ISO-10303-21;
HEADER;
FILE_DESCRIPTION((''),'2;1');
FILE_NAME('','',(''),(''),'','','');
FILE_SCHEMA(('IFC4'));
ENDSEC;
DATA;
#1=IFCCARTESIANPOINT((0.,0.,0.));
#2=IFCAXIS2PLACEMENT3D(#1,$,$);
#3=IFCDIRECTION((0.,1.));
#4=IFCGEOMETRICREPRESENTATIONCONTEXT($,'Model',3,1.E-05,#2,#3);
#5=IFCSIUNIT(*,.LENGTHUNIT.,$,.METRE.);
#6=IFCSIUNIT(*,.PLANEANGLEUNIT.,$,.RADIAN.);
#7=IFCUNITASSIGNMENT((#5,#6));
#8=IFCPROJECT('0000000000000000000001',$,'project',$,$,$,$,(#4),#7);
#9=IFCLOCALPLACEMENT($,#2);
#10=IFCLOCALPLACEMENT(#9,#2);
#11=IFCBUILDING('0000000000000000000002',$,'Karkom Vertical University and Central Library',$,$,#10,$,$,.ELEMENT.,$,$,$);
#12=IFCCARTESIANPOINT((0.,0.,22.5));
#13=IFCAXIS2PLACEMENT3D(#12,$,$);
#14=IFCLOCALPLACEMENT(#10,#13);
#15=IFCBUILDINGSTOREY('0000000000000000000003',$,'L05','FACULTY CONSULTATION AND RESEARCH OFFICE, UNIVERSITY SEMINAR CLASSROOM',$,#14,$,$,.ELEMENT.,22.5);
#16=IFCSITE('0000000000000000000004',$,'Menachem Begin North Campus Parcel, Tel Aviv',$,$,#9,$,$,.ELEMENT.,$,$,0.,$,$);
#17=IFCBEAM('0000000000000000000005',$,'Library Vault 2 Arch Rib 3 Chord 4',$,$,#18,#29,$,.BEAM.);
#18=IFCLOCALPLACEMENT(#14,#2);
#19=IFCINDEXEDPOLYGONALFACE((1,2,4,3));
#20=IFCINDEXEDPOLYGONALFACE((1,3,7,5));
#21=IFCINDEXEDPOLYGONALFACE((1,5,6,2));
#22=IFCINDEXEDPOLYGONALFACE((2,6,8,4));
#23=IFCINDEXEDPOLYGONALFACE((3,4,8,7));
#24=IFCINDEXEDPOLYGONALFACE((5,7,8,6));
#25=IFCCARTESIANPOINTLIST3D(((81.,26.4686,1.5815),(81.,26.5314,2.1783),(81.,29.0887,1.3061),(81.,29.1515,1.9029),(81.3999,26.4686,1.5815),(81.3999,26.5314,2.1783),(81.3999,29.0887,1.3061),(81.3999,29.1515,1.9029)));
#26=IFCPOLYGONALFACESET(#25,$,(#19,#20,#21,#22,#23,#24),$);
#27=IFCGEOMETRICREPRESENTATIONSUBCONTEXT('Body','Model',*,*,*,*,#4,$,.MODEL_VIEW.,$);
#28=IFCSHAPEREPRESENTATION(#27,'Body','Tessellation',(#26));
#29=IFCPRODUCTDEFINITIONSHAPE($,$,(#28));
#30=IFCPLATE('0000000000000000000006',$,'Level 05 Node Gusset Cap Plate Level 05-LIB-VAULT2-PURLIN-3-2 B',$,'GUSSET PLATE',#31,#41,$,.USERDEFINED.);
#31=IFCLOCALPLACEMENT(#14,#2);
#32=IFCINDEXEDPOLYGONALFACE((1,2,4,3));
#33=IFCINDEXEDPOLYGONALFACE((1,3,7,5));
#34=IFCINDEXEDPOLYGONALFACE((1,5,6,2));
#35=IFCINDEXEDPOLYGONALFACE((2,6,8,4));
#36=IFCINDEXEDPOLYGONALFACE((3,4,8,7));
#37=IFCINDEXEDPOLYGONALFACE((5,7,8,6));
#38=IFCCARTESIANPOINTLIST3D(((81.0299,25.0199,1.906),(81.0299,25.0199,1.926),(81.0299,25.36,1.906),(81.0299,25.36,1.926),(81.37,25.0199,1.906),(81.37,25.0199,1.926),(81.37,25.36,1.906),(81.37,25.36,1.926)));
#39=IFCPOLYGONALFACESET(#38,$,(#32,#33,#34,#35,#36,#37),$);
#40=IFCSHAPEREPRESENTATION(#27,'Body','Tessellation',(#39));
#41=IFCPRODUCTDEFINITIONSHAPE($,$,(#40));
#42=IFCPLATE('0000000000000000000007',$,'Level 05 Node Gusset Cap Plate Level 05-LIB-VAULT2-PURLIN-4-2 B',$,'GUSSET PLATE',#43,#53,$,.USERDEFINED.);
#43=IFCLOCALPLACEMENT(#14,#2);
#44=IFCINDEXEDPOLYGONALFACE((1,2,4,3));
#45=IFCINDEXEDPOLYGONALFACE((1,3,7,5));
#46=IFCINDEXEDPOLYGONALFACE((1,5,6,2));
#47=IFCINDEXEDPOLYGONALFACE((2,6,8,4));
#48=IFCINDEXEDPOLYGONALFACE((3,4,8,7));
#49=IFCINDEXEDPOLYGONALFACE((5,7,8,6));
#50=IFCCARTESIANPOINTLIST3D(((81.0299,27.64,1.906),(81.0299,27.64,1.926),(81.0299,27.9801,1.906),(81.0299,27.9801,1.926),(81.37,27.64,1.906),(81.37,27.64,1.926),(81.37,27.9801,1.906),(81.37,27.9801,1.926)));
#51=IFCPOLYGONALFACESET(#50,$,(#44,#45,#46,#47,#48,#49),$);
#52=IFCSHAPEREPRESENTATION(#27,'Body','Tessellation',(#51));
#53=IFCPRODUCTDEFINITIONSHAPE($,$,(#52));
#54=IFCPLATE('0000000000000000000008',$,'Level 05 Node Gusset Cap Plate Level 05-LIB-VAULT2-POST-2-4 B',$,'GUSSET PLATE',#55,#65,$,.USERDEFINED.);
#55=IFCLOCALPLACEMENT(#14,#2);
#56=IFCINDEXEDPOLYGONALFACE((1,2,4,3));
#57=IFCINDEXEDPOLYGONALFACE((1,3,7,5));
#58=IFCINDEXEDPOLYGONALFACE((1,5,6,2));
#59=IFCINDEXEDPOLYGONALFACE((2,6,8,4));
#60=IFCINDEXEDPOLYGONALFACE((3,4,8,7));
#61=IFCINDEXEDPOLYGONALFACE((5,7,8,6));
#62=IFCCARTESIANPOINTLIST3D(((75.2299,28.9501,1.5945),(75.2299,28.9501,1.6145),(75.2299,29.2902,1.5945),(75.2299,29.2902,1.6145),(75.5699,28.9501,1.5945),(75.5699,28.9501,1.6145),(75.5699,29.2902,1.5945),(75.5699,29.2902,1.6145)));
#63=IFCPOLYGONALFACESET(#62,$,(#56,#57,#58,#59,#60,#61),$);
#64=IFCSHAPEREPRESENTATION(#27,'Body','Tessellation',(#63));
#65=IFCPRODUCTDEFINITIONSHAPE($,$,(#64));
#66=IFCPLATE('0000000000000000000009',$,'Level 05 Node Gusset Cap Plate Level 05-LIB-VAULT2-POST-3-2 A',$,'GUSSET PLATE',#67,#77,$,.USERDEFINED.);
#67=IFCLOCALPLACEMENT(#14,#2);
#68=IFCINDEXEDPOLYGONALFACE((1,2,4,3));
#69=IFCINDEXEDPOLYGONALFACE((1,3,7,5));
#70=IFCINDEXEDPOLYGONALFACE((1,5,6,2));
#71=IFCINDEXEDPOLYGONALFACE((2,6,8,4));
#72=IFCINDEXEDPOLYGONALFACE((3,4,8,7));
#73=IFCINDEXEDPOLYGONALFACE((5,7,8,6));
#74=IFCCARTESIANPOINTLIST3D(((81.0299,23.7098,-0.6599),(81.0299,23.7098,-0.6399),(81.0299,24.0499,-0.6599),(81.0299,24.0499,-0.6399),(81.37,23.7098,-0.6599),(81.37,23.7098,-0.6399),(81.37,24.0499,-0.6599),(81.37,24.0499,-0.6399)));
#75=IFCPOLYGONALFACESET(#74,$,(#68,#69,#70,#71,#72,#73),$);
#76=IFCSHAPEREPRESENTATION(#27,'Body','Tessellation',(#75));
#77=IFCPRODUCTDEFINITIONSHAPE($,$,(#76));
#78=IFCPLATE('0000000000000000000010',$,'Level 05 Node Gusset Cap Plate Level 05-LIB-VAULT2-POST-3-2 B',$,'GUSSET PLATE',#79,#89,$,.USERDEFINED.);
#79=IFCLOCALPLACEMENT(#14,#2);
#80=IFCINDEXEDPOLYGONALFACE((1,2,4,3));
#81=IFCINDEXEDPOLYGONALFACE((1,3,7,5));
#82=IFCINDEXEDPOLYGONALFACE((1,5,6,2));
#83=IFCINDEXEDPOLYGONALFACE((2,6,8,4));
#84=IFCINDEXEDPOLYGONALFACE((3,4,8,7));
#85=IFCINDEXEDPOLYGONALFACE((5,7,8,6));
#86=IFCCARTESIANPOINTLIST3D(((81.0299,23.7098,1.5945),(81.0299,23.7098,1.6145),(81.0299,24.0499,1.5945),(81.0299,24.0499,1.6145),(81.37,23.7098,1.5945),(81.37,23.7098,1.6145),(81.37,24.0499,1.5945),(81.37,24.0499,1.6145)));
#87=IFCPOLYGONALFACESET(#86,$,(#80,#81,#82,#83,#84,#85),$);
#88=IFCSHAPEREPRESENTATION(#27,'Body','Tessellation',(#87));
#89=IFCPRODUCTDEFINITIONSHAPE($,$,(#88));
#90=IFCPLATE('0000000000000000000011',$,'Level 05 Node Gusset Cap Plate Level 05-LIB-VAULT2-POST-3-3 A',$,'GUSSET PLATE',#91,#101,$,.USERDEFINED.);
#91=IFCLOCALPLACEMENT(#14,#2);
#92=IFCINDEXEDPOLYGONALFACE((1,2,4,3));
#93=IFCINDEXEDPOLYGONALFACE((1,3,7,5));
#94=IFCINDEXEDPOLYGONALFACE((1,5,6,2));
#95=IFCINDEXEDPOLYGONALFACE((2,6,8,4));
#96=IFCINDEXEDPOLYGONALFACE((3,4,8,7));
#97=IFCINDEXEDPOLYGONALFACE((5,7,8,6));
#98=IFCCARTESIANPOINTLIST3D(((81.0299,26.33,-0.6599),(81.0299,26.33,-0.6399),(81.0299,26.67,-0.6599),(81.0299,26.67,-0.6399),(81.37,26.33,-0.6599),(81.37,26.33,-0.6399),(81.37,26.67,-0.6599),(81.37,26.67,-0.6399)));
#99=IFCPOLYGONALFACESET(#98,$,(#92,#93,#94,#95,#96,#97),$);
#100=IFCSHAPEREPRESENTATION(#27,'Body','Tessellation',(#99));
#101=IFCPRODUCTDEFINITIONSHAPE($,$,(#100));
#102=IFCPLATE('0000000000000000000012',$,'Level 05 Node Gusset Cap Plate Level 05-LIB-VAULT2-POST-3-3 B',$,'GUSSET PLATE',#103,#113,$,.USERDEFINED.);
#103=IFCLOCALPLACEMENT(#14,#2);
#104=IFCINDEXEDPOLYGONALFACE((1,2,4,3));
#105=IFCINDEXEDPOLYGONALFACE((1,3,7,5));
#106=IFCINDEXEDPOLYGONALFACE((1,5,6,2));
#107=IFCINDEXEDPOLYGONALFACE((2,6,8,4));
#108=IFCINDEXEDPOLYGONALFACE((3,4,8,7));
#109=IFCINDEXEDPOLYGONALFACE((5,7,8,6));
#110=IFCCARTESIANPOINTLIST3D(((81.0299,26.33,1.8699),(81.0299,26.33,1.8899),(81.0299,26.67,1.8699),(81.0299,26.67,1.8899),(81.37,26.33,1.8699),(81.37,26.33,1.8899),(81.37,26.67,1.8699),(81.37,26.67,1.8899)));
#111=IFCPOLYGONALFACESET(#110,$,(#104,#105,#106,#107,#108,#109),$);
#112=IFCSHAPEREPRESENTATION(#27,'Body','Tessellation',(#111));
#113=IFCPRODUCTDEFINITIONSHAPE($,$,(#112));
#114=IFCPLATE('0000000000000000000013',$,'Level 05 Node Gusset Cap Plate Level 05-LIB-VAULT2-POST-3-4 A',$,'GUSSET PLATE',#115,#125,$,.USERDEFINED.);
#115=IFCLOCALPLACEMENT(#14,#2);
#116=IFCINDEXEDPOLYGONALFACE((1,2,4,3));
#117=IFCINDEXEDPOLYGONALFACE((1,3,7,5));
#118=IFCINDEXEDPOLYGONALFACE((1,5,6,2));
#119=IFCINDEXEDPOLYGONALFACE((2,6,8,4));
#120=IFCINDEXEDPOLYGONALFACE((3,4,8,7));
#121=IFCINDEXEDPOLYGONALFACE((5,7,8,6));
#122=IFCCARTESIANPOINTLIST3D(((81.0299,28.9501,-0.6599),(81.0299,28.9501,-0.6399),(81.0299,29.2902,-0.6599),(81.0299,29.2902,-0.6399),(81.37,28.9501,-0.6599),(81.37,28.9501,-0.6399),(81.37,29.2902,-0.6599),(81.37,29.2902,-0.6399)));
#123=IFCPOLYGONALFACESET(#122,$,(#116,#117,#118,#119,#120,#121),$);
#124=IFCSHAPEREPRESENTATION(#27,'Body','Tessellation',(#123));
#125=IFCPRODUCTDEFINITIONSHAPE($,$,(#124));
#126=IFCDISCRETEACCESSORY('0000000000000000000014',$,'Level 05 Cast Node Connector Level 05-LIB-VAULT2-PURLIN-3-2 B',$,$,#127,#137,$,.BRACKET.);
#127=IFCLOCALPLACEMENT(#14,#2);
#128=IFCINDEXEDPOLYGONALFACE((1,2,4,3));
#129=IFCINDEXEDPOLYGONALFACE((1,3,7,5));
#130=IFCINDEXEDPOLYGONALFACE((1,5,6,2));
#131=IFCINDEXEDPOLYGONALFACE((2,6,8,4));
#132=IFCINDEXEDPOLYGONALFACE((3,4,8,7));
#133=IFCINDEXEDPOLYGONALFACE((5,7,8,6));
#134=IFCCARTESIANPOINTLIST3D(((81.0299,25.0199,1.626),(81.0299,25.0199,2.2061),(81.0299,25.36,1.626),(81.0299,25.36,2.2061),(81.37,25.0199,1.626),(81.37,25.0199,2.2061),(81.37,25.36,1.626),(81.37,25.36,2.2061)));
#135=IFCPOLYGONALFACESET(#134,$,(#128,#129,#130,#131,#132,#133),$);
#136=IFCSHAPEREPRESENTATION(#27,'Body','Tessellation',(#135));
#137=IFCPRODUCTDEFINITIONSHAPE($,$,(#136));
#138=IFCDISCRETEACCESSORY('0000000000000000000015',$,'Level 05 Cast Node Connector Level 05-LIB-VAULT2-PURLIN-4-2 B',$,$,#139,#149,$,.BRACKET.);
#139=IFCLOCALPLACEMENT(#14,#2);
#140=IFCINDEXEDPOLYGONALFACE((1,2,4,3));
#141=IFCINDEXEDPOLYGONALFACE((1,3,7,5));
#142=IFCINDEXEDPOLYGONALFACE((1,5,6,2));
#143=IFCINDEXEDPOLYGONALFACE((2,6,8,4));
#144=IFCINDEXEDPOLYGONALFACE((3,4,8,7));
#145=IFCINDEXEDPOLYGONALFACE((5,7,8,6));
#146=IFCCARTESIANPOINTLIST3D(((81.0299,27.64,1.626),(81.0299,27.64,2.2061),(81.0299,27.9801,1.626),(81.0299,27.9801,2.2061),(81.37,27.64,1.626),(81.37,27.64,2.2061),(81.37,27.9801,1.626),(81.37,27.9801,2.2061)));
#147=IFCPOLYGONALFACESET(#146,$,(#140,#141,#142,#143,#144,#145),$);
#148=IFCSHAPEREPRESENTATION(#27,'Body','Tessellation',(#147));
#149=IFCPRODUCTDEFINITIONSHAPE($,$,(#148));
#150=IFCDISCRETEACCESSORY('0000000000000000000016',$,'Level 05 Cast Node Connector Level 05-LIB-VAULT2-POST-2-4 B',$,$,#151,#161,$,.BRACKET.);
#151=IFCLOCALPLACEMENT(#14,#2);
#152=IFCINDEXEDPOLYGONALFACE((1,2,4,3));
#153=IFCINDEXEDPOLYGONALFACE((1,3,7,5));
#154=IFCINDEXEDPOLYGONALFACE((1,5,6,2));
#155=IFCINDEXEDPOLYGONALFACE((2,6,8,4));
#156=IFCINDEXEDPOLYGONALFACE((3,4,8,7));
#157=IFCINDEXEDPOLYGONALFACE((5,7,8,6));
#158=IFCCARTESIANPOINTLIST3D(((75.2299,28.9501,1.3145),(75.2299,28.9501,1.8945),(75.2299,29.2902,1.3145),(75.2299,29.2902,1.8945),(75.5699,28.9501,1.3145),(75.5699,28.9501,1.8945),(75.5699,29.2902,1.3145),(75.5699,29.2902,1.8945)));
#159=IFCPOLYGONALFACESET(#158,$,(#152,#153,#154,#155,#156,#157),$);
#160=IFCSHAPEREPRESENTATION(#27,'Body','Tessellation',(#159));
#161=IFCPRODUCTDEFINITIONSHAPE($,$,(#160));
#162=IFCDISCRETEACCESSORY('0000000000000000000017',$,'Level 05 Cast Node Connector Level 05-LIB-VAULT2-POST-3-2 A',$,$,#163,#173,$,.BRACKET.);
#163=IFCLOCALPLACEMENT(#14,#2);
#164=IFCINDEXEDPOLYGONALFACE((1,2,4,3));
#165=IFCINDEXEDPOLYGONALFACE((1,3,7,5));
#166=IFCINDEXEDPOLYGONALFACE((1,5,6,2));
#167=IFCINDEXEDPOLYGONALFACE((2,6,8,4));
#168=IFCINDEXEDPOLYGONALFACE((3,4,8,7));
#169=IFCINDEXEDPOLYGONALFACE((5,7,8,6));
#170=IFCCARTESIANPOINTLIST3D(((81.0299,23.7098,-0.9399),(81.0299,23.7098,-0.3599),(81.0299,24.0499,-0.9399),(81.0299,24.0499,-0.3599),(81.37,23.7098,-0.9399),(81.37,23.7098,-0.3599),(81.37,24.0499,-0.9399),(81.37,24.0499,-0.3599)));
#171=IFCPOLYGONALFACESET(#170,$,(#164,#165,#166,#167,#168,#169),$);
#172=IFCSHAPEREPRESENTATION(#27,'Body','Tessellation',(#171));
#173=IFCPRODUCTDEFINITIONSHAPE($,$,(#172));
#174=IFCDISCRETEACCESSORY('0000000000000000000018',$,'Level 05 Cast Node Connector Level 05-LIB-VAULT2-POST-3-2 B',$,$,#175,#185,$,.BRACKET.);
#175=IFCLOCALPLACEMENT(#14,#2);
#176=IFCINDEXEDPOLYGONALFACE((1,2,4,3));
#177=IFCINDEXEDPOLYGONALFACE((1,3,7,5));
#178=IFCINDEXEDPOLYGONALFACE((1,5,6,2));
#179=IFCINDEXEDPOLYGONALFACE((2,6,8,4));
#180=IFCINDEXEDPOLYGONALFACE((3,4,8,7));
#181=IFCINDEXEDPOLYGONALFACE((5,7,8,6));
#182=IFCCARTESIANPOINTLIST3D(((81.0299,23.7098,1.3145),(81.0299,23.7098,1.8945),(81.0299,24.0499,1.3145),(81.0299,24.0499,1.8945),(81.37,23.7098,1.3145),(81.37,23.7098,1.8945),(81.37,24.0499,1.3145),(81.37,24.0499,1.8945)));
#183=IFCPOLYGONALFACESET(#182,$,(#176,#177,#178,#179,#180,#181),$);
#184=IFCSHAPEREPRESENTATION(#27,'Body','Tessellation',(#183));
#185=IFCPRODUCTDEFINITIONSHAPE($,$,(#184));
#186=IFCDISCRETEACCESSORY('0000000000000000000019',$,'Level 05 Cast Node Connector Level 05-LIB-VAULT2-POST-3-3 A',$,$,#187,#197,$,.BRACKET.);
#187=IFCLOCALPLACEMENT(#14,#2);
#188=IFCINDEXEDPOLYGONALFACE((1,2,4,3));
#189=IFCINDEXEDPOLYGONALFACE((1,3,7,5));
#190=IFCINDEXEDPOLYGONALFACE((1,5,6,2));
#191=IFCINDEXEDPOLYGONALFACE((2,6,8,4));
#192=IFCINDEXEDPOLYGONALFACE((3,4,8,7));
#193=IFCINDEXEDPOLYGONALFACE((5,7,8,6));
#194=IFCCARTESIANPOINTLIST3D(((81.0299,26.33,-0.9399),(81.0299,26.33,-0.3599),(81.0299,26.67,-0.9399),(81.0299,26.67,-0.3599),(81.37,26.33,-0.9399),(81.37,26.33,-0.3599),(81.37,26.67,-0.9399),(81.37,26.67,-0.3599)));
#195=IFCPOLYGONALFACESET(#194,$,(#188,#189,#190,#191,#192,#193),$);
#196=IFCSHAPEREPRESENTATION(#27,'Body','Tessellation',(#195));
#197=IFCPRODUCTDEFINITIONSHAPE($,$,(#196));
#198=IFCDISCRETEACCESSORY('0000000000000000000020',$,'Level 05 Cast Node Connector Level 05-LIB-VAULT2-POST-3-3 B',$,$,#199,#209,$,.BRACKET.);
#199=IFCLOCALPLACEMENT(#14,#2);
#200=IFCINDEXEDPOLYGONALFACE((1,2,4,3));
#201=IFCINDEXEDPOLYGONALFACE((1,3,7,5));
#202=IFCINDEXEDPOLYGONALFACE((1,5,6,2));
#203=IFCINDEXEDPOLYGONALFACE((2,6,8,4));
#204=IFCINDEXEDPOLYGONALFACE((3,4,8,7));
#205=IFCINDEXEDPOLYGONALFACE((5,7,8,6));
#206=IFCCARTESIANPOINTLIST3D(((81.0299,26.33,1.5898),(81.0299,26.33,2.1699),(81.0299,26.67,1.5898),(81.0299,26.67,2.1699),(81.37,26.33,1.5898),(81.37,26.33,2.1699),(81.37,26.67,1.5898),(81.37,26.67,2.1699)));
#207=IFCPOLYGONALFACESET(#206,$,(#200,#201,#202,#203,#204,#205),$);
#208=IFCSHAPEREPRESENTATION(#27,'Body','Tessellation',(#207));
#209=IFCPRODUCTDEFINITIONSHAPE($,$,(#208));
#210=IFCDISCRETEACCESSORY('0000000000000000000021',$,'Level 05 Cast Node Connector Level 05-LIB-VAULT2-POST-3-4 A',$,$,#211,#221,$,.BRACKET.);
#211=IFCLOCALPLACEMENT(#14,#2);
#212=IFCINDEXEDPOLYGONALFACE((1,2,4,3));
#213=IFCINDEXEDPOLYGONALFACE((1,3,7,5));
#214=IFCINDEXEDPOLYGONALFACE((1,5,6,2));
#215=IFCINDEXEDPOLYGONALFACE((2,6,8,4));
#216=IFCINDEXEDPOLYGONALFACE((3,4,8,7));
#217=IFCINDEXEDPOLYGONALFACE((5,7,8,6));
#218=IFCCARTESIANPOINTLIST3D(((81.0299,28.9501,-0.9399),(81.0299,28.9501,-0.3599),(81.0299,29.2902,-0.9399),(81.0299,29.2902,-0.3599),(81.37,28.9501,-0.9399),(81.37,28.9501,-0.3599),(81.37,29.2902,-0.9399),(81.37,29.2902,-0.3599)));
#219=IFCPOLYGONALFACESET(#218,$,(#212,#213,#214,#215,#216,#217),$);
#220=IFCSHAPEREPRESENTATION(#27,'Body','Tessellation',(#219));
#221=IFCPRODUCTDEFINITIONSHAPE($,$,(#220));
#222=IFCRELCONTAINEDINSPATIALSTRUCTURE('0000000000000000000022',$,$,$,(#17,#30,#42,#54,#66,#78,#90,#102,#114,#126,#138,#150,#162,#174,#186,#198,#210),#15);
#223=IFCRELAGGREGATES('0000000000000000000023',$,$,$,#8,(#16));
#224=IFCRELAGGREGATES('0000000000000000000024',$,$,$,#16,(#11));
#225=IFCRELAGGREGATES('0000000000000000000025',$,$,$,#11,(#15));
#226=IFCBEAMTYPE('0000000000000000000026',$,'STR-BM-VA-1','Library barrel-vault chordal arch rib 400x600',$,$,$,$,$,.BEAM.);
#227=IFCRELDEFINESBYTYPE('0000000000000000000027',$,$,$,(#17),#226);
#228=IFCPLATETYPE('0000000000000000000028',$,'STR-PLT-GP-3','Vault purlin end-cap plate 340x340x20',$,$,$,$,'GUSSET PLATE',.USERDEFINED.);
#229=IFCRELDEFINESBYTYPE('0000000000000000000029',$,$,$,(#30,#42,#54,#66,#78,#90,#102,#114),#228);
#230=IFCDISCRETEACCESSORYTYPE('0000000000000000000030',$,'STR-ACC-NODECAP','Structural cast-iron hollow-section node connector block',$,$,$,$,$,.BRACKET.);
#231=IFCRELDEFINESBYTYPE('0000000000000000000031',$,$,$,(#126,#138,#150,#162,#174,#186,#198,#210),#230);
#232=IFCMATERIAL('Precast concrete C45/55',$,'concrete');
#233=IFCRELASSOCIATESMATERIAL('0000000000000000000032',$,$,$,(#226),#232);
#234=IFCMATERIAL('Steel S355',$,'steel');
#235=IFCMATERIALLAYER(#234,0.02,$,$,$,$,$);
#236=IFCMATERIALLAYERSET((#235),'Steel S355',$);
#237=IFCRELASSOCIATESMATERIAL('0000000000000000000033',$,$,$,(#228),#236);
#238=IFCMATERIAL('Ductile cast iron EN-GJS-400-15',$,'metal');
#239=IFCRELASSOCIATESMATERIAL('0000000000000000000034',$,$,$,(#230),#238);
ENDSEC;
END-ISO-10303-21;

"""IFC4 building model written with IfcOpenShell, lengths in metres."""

from ifc_helpers import new_model, si_unit, direction, frame, origin, origin_with_axes, origin_2d, place, context, subcontext, project, spatial, rectangle, extrude, source, transform, mapped, material, layer, layer_set, material_profile, profile_set, type_object, element, save


model = new_model("IFC4")

# Units and contexts
model_context = context("Model", 3, precision=1e-05, world=origin(), true_north=direction((0.0, 1.0)))
body_context = subcontext(model_context, "Body", "Model", "MODEL_VIEW")
ifc_project = project(units=[si_unit("LENGTHUNIT", "METRE"), si_unit("PLANEANGLEUNIT", "RADIAN")], contexts=[model_context])

# Site, building, storey
site_placement = place(None, origin())
site = spatial("IfcSite", under=ifc_project, at=site_placement, Name="Menachem Begin North Campus Parcel, Tel Aviv", CompositionType="ELEMENT", RefElevation=0.0)
building_placement = place(site_placement, origin())
building = spatial("IfcBuilding", under=site, at=building_placement, Name="Karkom Vertical University and Central Library", CompositionType="ELEMENT")
storey_placement = place(building_placement, frame((0.0, 0.0, 22.5)))
storey = spatial("IfcBuildingStorey", under=building, at=storey_placement, Name="L05", Description="FACULTY CONSULTATION AND RESEARCH OFFICE, UNIVERSITY SEMINAR CLASSROOM", CompositionType="ELEMENT", Elevation=22.5)

# Shared definitions
ifc_material_1 = material(Name="Steel S355", Category="steel")

# Beam
ifc_material_2 = material(Name="Precast concrete C45/55", Category="concrete")
ifc_material_profile_1 = material_profile(ifc_material_2, rectangle(XDim=0.3999, YDim=0.6001, at=origin_2d()), Name="RCB-400x600")
ifc_profile_set_1 = profile_set([ifc_material_profile_1], Name="Precast concrete C45/55")
beam_type = type_object("IfcBeamType", Name="STR-BM-VA-1", Description="Library barrel-vault chordal arch rib 400x600", PredefinedType="BEAM", material=ifc_profile_set_1)
shared_shape_1 = source(origin_with_axes(), body_context, "Body", "SweptSolid", [
    extrude(rectangle(XDim=0.3999, YDim=0.6001, at=origin_2d()), origin(), (0.0, 0.0, 1.0), 2.6345),
])
for number, where, z_axis, x_axis, name in (
    (1, (81.2, 26.5, 1.8799), (0.0, 0.994522, -0.10453), (-1.0, 0.0, 0.0), "Library Vault 2 Arch Rib 3 Chord 4"),
):
    element("IfcBeam", number, at=place(storey_placement, frame(where, z_axis=z_axis, x_axis=x_axis)), inside=storey, type_object=beam_type, Name=name, PredefinedType="BEAM", context=body_context, shape_type="MappedRepresentation", body=[
        mapped(shared_shape_1, transform((0.0, 0.0, 0.0), scale=1.0)),
    ])

# Plates
ifc_layer = layer(ifc_material_1, 0.02)
ifc_layer_set = layer_set([ifc_layer], Name="Steel S355")
plate_type = type_object("IfcPlateType", Name="STR-PLT-GP-3", Description="Vault purlin end-cap plate 340x340x20", ElementType="GUSSET PLATE", PredefinedType="USERDEFINED", material=ifc_layer_set)
shared_shape_2 = source(origin_with_axes(), body_context, "Body", "SweptSolid", [
    extrude(rectangle(XDim=0.3401, YDim=0.3401, at=origin_2d()), origin(), (0.0, 0.0, 1.0), 0.02),
])
for number, where, z_axis, x_axis, name in (
    (2, (81.2, 25.1899, 1.906), (0.0, 0.0, 1.0), (1.0, 0.0, 0.0), "Level 05 Node Gusset Cap Plate Level 05-LIB-VAULT2-PURLIN-3-2 B"),
    (3, (81.2, 27.8101, 1.906), (0.0, 0.0, 1.0), (1.0, 0.0, 0.0), "Level 05 Node Gusset Cap Plate Level 05-LIB-VAULT2-PURLIN-4-2 B"),
    (4, (75.3999, 29.1201, 1.5945), (0.0, 0.0, 1.0), (1.0, 0.0, 0.0), "Level 05 Node Gusset Cap Plate Level 05-LIB-VAULT2-POST-2-4 B"),
    (5, (81.2, 23.8799, -0.6599), (0.0, 0.0, 1.0), (1.0, 0.0, 0.0), "Level 05 Node Gusset Cap Plate Level 05-LIB-VAULT2-POST-3-2 A"),
    (6, (81.2, 23.8799, 1.5945), (0.0, 0.0, 1.0), (1.0, 0.0, 0.0), "Level 05 Node Gusset Cap Plate Level 05-LIB-VAULT2-POST-3-2 B"),
    (7, (81.2, 26.5, -0.6599), (0.0, 0.0, 1.0), (1.0, 0.0, 0.0), "Level 05 Node Gusset Cap Plate Level 05-LIB-VAULT2-POST-3-3 A"),
    (8, (81.2, 26.5, 1.8699), (0.0, 0.0, 1.0), (1.0, 0.0, 0.0), "Level 05 Node Gusset Cap Plate Level 05-LIB-VAULT2-POST-3-3 B"),
    (9, (81.2, 29.1201, -0.6599), (0.0, 0.0, 1.0), (1.0, 0.0, 0.0), "Level 05 Node Gusset Cap Plate Level 05-LIB-VAULT2-POST-3-4 A"),
):
    element("IfcPlate", number, at=place(storey_placement, frame(where, z_axis=z_axis, x_axis=x_axis)), inside=storey, type_object=plate_type, Name=name, ObjectType="GUSSET PLATE", PredefinedType="USERDEFINED", context=body_context, shape_type="MappedRepresentation", body=[
        mapped(shared_shape_2, transform((0.0, 0.0, 0.0), scale=1.0)),
    ])

# Discrete accessories
ifc_material_3 = material(Name="Ductile cast iron EN-GJS-400-15", Category="metal")
discrete_accessory_type = type_object("IfcDiscreteAccessoryType", Name="STR-ACC-NODECAP", Description="Structural cast-iron hollow-section node connector block", PredefinedType="BRACKET", material=ifc_material_3)
shared_shape_3 = source(origin_with_axes(), body_context, "Body", "SweptSolid", [
    extrude(rectangle(XDim=0.3401, YDim=0.3401, at=origin_2d()), origin(), (0.0, 0.0, 1.0), 0.5801),
])
for number, where, z_axis, x_axis, name in (
    (10, (81.2, 25.1899, 1.626), (0.0, 0.0, 1.0), (1.0, 0.0, 0.0), "Level 05 Cast Node Connector Level 05-LIB-VAULT2-PURLIN-3-2 B"),
    (11, (81.2, 27.8101, 1.626), (0.0, 0.0, 1.0), (1.0, 0.0, 0.0), "Level 05 Cast Node Connector Level 05-LIB-VAULT2-PURLIN-4-2 B"),
    (12, (75.3999, 29.1201, 1.3145), (0.0, 0.0, 1.0), (1.0, 0.0, 0.0), "Level 05 Cast Node Connector Level 05-LIB-VAULT2-POST-2-4 B"),
    (13, (81.2, 23.8799, -0.9399), (0.0, 0.0, 1.0), (1.0, 0.0, 0.0), "Level 05 Cast Node Connector Level 05-LIB-VAULT2-POST-3-2 A"),
    (14, (81.2, 23.8799, 1.3145), (0.0, 0.0, 1.0), (1.0, 0.0, 0.0), "Level 05 Cast Node Connector Level 05-LIB-VAULT2-POST-3-2 B"),
    (15, (81.2, 26.5, -0.9399), (0.0, 0.0, 1.0), (1.0, 0.0, 0.0), "Level 05 Cast Node Connector Level 05-LIB-VAULT2-POST-3-3 A"),
    (16, (81.2, 26.5, 1.5898), (0.0, 0.0, 1.0), (1.0, 0.0, 0.0), "Level 05 Cast Node Connector Level 05-LIB-VAULT2-POST-3-3 B"),
    (17, (81.2, 29.1201, -0.9399), (0.0, 0.0, 1.0), (1.0, 0.0, 0.0), "Level 05 Cast Node Connector Level 05-LIB-VAULT2-POST-3-4 A"),
):
    element("IfcDiscreteAccessory", number, at=place(storey_placement, frame(where, z_axis=z_axis, x_axis=x_axis)), inside=storey, type_object=discrete_accessory_type, Name=name, PredefinedType="BRACKET", context=body_context, shape_type="MappedRepresentation", body=[
        mapped(shared_shape_3, transform((0.0, 0.0, 0.0), scale=1.0)),
    ])

save(model, "model.ifc")
